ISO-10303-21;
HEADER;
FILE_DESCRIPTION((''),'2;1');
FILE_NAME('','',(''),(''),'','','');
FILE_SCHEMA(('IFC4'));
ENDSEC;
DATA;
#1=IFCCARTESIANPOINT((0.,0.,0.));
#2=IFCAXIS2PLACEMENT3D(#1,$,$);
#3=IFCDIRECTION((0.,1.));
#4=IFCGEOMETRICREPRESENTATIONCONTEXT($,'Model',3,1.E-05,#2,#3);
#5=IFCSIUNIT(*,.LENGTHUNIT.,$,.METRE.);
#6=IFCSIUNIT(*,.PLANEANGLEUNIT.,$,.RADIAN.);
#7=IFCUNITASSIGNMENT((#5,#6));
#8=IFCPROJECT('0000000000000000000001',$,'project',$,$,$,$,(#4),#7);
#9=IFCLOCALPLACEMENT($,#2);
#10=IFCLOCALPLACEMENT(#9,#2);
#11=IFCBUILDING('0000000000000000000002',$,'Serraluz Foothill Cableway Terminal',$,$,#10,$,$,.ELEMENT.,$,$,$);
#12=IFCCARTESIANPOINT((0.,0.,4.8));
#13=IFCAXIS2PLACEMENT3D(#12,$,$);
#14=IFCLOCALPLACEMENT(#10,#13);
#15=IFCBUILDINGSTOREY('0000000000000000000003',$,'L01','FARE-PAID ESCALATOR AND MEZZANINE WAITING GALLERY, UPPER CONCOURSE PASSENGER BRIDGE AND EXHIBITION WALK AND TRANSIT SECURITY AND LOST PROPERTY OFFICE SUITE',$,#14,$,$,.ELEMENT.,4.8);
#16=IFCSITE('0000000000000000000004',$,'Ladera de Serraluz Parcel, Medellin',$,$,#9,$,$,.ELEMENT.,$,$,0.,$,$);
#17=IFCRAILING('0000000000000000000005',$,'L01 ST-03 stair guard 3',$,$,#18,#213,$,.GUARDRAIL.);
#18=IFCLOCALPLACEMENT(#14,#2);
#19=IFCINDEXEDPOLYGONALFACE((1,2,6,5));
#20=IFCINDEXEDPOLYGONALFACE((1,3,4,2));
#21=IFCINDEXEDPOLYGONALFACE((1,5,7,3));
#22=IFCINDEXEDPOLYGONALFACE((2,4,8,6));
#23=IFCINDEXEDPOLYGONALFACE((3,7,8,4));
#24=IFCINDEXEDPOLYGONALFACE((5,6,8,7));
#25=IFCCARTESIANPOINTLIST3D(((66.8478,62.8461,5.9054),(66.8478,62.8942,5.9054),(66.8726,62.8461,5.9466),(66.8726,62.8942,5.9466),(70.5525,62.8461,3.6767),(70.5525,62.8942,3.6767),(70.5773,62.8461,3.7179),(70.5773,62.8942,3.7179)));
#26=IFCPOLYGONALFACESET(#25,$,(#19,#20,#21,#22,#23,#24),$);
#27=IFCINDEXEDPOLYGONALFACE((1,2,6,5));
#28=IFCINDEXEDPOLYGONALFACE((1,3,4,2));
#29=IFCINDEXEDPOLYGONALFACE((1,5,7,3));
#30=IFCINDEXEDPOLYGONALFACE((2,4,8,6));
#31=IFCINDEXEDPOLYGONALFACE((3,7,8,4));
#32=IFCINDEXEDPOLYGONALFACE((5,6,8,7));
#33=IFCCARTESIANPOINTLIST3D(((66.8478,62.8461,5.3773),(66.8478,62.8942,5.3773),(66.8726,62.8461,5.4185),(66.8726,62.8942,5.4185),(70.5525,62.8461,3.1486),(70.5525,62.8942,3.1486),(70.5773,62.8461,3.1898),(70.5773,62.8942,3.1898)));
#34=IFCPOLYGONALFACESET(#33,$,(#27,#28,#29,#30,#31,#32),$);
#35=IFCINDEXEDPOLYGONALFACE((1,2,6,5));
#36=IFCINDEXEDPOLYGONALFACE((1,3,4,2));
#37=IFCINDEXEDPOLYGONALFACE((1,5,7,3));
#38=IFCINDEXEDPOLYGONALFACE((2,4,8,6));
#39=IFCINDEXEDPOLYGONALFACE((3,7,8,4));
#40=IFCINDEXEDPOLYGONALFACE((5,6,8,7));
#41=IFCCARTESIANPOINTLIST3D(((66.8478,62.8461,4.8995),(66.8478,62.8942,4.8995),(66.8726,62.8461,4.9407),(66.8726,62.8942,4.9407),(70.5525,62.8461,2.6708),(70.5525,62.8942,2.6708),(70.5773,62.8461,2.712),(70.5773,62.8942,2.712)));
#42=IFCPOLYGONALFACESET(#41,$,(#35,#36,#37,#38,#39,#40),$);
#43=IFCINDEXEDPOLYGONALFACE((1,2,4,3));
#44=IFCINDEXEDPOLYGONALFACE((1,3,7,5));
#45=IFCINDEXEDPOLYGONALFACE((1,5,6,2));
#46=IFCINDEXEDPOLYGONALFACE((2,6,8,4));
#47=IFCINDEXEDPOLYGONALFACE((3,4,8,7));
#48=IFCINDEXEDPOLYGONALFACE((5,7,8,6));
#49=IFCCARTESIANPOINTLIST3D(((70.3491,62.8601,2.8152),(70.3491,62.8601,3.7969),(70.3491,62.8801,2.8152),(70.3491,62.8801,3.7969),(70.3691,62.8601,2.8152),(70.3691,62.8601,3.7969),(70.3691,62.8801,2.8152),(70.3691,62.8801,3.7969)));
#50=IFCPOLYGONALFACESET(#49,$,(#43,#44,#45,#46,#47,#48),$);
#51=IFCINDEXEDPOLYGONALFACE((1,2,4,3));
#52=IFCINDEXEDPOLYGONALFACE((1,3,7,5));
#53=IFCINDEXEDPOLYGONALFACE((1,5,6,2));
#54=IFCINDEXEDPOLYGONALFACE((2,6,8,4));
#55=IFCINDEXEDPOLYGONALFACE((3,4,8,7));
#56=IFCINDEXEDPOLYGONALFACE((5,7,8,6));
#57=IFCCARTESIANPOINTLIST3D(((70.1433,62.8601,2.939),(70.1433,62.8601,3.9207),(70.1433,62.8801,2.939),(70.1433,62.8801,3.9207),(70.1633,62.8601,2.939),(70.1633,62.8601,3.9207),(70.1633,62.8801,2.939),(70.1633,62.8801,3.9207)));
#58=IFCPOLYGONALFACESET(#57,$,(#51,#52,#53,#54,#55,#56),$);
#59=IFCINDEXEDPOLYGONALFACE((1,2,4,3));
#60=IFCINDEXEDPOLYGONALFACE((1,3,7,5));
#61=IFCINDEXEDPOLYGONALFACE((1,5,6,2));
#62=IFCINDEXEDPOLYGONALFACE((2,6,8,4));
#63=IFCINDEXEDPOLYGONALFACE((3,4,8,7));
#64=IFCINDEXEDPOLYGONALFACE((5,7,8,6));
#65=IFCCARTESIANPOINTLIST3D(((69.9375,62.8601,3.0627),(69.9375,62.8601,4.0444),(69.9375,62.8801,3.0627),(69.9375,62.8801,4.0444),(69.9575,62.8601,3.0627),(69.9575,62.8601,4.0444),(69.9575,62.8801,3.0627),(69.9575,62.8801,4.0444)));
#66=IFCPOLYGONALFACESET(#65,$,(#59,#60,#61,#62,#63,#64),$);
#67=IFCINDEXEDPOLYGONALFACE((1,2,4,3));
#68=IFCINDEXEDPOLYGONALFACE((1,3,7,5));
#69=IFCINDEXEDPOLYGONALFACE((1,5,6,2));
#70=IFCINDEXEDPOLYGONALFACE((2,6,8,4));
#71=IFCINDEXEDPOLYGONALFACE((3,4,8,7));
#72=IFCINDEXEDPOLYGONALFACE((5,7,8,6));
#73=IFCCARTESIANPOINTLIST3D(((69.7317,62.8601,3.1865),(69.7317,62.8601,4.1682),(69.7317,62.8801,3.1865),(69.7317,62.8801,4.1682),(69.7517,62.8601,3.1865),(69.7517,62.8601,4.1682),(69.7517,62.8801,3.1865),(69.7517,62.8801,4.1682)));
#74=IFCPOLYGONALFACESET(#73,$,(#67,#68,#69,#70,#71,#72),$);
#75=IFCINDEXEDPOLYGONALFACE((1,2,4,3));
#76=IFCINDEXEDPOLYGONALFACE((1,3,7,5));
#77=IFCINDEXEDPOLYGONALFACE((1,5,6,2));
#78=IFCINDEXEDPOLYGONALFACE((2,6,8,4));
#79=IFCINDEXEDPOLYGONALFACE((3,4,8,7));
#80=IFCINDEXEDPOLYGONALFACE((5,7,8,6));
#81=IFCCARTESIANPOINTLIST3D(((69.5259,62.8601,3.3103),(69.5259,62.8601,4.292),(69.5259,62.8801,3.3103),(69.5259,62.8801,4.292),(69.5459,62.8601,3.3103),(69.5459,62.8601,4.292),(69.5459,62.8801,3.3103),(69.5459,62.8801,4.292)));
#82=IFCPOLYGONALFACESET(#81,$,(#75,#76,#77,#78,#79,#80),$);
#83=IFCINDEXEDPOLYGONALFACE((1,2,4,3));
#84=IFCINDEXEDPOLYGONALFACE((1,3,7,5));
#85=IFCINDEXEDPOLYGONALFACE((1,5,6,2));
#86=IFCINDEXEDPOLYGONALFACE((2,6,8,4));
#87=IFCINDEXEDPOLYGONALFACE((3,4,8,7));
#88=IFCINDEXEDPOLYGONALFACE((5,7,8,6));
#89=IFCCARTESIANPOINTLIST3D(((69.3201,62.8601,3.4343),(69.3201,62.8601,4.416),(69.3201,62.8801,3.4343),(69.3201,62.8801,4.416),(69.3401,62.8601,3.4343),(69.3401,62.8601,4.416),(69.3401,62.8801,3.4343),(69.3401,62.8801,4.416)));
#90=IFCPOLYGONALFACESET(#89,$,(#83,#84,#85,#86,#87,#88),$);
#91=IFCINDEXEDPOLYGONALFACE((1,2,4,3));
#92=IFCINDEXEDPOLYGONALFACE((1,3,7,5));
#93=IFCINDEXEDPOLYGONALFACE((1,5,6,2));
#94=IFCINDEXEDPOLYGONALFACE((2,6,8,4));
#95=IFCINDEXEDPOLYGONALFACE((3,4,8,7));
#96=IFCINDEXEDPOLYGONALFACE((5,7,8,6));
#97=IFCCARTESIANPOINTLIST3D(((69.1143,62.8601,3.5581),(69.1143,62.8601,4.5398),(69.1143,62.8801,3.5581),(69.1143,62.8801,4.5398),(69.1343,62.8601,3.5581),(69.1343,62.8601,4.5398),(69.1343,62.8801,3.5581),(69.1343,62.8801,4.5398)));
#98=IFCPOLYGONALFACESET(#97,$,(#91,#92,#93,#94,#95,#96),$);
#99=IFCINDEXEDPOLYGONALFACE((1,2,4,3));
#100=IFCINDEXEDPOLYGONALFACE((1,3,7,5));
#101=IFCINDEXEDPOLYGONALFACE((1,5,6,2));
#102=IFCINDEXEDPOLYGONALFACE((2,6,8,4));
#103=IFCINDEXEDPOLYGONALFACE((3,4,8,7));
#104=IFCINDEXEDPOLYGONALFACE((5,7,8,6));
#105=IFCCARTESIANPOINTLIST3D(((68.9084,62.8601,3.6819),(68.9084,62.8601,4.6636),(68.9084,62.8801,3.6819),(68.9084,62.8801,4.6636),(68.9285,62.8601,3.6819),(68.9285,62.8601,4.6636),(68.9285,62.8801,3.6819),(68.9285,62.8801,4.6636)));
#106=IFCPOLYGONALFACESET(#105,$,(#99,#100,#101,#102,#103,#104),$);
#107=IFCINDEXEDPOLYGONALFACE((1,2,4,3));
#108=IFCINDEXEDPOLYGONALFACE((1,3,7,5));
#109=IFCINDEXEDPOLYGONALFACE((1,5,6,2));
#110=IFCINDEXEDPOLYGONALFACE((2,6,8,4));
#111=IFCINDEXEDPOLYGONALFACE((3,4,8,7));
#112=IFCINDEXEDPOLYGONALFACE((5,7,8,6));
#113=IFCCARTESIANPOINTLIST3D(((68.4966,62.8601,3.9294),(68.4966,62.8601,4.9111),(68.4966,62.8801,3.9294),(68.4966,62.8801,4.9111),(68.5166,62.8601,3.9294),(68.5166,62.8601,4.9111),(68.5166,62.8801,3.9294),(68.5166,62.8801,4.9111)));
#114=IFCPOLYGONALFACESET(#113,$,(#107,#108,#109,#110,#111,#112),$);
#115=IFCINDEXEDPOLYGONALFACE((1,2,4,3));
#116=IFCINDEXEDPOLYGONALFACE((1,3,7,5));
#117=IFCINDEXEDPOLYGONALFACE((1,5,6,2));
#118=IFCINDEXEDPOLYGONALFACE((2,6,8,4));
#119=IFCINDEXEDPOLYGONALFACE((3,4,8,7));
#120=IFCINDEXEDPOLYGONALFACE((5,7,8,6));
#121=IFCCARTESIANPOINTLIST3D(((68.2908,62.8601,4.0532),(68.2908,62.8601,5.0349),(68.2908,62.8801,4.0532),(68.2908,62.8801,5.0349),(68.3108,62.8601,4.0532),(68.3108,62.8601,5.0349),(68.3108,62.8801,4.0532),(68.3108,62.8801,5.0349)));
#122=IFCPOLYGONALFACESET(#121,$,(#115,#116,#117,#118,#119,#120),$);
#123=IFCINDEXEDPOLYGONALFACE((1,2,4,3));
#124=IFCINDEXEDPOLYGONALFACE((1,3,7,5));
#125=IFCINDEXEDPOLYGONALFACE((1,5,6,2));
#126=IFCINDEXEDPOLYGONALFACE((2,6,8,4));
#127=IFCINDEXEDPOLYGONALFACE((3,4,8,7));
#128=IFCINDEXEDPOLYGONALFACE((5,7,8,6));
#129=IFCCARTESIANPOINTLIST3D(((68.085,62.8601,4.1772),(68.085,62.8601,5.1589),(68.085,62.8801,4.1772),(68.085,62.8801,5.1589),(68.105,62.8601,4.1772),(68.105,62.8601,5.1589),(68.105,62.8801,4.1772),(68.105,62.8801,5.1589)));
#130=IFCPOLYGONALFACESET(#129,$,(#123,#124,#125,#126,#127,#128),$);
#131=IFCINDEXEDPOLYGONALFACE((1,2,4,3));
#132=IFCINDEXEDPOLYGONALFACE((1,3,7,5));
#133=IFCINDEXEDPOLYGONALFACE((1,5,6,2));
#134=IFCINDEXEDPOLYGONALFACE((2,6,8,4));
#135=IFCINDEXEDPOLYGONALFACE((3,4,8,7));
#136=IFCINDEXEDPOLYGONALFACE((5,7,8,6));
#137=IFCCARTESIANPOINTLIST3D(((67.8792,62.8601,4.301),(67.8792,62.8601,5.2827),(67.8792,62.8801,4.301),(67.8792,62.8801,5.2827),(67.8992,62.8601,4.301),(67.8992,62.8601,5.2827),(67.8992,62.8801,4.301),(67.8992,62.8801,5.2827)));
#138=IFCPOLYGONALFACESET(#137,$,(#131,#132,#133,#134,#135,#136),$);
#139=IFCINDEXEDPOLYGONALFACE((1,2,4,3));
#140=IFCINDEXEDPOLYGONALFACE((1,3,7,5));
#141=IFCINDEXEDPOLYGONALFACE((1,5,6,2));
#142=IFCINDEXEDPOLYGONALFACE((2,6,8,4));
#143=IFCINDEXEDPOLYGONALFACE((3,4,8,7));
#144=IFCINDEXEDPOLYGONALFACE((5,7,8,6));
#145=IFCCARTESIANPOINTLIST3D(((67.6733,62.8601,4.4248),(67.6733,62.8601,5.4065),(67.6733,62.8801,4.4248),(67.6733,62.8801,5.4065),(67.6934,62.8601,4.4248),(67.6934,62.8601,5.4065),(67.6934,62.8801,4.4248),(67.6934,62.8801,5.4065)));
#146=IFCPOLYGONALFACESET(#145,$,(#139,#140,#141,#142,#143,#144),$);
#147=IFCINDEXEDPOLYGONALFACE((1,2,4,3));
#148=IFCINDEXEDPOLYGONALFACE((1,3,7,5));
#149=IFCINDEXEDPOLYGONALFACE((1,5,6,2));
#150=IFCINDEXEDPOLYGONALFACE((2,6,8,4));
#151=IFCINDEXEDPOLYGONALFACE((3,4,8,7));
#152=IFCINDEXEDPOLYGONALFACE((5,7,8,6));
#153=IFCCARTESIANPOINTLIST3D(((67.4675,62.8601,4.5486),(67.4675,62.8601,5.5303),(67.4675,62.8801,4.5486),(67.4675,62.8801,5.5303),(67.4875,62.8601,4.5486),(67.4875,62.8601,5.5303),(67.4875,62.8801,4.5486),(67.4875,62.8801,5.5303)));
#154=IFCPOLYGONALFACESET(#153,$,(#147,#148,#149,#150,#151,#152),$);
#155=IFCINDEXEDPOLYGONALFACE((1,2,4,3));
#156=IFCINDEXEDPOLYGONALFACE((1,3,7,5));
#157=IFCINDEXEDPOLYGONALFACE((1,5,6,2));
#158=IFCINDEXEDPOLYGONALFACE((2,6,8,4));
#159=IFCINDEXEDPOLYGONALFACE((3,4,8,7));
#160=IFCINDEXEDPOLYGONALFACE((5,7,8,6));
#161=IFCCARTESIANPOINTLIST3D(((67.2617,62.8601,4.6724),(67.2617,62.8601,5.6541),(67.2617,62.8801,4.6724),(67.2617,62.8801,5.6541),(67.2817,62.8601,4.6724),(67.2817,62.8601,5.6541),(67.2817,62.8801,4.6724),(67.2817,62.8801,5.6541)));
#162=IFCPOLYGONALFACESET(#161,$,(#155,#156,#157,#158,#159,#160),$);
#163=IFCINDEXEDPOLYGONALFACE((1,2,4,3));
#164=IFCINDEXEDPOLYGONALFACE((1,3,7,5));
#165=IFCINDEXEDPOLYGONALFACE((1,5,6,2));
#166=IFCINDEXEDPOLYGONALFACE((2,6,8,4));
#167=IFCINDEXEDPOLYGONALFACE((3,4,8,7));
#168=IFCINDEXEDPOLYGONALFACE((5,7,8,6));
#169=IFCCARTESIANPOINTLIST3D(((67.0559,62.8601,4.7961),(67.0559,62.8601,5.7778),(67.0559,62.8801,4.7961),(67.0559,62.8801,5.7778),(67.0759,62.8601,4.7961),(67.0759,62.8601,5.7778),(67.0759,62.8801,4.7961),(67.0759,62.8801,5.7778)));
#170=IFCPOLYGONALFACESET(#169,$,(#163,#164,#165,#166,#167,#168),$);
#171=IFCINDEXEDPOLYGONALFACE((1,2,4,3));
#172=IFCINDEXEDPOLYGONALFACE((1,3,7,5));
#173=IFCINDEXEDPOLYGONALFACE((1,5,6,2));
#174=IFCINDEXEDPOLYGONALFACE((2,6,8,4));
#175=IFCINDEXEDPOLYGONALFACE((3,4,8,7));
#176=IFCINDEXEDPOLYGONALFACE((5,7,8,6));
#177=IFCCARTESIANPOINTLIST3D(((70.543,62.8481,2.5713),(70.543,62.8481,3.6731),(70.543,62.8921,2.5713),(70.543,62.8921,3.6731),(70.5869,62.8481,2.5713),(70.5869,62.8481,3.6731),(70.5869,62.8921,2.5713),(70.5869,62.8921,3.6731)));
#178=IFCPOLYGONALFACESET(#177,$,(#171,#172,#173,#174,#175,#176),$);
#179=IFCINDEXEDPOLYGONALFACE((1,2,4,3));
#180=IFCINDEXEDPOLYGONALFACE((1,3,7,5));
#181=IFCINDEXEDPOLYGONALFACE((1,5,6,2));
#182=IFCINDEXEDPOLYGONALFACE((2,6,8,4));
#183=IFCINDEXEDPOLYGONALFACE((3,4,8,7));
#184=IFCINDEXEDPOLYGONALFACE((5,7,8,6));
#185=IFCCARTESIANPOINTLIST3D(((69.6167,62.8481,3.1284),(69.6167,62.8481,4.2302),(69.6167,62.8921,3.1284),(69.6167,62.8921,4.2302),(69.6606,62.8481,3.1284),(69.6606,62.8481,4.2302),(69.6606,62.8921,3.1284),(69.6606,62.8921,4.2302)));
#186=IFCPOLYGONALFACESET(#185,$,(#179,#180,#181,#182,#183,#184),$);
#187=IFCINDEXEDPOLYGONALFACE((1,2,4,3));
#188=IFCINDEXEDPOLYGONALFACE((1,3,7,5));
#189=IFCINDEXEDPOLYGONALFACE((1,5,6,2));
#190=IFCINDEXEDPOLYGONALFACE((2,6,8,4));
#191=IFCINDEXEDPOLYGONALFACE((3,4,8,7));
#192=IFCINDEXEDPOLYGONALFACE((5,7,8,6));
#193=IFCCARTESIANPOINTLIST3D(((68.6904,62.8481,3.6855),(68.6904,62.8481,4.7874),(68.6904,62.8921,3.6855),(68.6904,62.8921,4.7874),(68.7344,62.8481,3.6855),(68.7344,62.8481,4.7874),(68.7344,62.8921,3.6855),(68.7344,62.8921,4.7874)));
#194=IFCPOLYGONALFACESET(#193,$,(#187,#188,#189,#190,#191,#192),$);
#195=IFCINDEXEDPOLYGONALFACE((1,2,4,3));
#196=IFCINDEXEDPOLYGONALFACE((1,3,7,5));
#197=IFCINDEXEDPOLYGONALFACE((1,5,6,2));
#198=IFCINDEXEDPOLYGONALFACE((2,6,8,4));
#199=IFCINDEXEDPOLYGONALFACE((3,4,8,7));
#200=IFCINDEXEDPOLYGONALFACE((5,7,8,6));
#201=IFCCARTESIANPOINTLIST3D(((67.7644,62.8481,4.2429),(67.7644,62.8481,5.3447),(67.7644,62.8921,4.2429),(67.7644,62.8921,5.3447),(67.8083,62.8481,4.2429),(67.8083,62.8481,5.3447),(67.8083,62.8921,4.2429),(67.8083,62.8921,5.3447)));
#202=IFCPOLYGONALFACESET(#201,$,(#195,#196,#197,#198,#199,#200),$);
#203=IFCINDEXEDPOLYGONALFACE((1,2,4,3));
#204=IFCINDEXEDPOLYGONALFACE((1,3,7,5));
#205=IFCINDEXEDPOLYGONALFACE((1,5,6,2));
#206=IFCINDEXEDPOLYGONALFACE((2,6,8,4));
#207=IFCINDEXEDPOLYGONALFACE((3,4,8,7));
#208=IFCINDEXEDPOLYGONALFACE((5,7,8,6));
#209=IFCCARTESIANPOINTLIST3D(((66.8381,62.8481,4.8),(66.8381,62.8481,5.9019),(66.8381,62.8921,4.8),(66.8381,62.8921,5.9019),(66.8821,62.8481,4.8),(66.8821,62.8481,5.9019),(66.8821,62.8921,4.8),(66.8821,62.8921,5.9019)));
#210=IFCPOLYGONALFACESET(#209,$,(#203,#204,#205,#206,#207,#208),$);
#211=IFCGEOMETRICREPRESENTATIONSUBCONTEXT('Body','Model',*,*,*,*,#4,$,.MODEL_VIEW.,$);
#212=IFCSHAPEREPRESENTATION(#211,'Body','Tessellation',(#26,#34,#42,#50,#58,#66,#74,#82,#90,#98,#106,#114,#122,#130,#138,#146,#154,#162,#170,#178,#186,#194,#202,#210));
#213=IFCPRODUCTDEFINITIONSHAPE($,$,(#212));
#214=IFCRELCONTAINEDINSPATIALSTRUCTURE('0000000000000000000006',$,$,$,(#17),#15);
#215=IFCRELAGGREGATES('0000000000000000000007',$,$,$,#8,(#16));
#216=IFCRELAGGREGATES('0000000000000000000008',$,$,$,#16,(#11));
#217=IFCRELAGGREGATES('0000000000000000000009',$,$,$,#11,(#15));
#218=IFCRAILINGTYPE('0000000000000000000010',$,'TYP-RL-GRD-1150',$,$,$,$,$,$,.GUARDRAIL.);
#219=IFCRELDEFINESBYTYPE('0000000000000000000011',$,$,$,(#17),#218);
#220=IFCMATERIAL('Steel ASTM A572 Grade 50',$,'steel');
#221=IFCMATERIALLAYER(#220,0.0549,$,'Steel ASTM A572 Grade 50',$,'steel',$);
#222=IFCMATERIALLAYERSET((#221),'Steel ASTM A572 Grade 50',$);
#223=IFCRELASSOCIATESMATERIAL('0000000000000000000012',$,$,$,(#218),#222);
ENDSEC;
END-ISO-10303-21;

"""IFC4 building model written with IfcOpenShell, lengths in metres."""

from ifc_helpers import new_model, si_unit, direction, frame, origin, origin_2d, place, context, subcontext, project, spatial, rectangle, extrude, material, layer, layer_set, type_object, element, save


model = new_model("IFC4")

# Units and contexts
model_context = context("Model", 3, precision=1e-05, world=origin(), true_north=direction((0.0, 1.0)))
body_context = subcontext(model_context, "Body", "Model", "MODEL_VIEW")
ifc_project = project(units=[si_unit("LENGTHUNIT", "METRE"), si_unit("PLANEANGLEUNIT", "RADIAN")], contexts=[model_context])

# Site, building, storey
site_placement = place(None, origin())
site = spatial("IfcSite", under=ifc_project, at=site_placement, Name="Ladera de Serraluz Parcel, Medellin", CompositionType="ELEMENT", RefElevation=0.0)
building_placement = place(site_placement, origin())
building = spatial("IfcBuilding", under=site, at=building_placement, Name="Serraluz Foothill Cableway Terminal", CompositionType="ELEMENT")
storey_placement = place(building_placement, frame((0.0, 0.0, 4.8)))
storey = spatial("IfcBuildingStorey", under=building, at=storey_placement, Name="L01", Description="FARE-PAID ESCALATOR AND MEZZANINE WAITING GALLERY, UPPER CONCOURSE PASSENGER BRIDGE AND EXHIBITION WALK AND TRANSIT SECURITY AND LOST PROPERTY OFFICE SUITE", CompositionType="ELEMENT", Elevation=4.8)

# Railing
ifc_material_1 = material(Name="Steel ASTM A572 Grade 50", Category="steel")
ifc_layer_1 = layer(ifc_material_1, 0.0549, Name="Steel ASTM A572 Grade 50", Category="steel")
ifc_layer_set_1 = layer_set([ifc_layer_1], Name="Steel ASTM A572 Grade 50")
railing_type_1 = type_object("IfcRailingType", Name="TYP-RL-GRD-1150", PredefinedType="GUARDRAIL", material=ifc_layer_set_1)
railing_1_placement = place(storey_placement, frame((70.5649, 62.8701, 2.5713)))
element("IfcRailing", 1, at=railing_1_placement, inside=storey, type_object=railing_type_1, Name="L01 ST-03 stair guard 3", PredefinedType="GUARDRAIL", context=body_context, shape_type="SweptSolid", body=[
    extrude(rectangle(XDim=0.0481, YDim=0.0481, at=origin_2d()), frame((0.0, 0.0, 1.126), z_axis=(-0.856894, 0.0, 0.515492), x_axis=(0.0, -1.0, 0.0)), (0.0, 0.0, 1.0), 4.3235),
    extrude(rectangle(XDim=0.0481, YDim=0.0481, at=origin_2d()), frame((0.0, 0.0, 0.5979), z_axis=(-0.856894, 0.0, 0.515492), x_axis=(0.0, -1.0, 0.0)), (0.0, 0.0, 1.0), 4.3235),
    extrude(rectangle(XDim=0.0481, YDim=0.0481, at=origin_2d()), frame((0.0, 0.0, 0.1201), z_axis=(-0.856894, 0.0, 0.515492), x_axis=(0.0, -1.0, 0.0)), (0.0, 0.0, 1.0), 4.3235),
    extrude(rectangle(XDim=0.02, YDim=0.02, at=origin_2d()), frame((-0.2058, 0.0, 0.2439)), (0.0, 0.0, 1.0), 0.9817),
    extrude(rectangle(XDim=0.02, YDim=0.02, at=origin_2d()), frame((-0.4116, 0.0, 0.3677)), (0.0, 0.0, 1.0), 0.9817),
    extrude(rectangle(XDim=0.02, YDim=0.02, at=origin_2d()), frame((-0.6174, 0.0, 0.4915)), (0.0, 0.0, 1.0), 0.9817),
    extrude(rectangle(XDim=0.02, YDim=0.02, at=origin_2d()), frame((-0.8232, 0.0, 0.6152)), (0.0, 0.0, 1.0), 0.9817),
    extrude(rectangle(XDim=0.02, YDim=0.02, at=origin_2d()), frame((-1.0291, 0.0, 0.739)), (0.0, 0.0, 1.0), 0.9817),
    extrude(rectangle(XDim=0.02, YDim=0.02, at=origin_2d()), frame((-1.2349, 0.0, 0.863)), (0.0, 0.0, 1.0), 0.9817),
    extrude(rectangle(XDim=0.02, YDim=0.02, at=origin_2d()), frame((-1.4407, 0.0, 0.9868)), (0.0, 0.0, 1.0), 0.9817),
    extrude(rectangle(XDim=0.02, YDim=0.02, at=origin_2d()), frame((-1.6465, 0.0, 1.1106)), (0.0, 0.0, 1.0), 0.9817),
    extrude(rectangle(XDim=0.02, YDim=0.02, at=origin_2d()), frame((-2.0583, 0.0, 1.3582)), (0.0, 0.0, 1.0), 0.9817),
    extrude(rectangle(XDim=0.02, YDim=0.02, at=origin_2d()), frame((-2.2642, 0.0, 1.4819)), (0.0, 0.0, 1.0), 0.9817),
    extrude(rectangle(XDim=0.02, YDim=0.02, at=origin_2d()), frame((-2.47, 0.0, 1.606)), (0.0, 0.0, 1.0), 0.9817),
    extrude(rectangle(XDim=0.02, YDim=0.02, at=origin_2d()), frame((-2.6758, 0.0, 1.7297)), (0.0, 0.0, 1.0), 0.9817),
    extrude(rectangle(XDim=0.02, YDim=0.02, at=origin_2d()), frame((-2.8816, 0.0, 1.8535)), (0.0, 0.0, 1.0), 0.9817),
    extrude(rectangle(XDim=0.02, YDim=0.02, at=origin_2d()), frame((-3.0874, 0.0, 1.9773)), (0.0, 0.0, 1.0), 0.9817),
    extrude(rectangle(XDim=0.02, YDim=0.02, at=origin_2d()), frame((-3.2932, 0.0, 2.1011)), (0.0, 0.0, 1.0), 0.9817),
    extrude(rectangle(XDim=0.02, YDim=0.02, at=origin_2d()), frame((-3.499, 0.0, 2.2249)), (0.0, 0.0, 1.0), 0.9817),
    extrude(rectangle(XDim=0.0439, YDim=0.0439, at=origin_2d()), origin(), (0.0, 0.0, 1.0), 1.1018),
    extrude(rectangle(XDim=0.0439, YDim=0.0439, at=origin_2d()), frame((-0.9263, 0.0, 0.5571)), (0.0, 0.0, 1.0), 1.1018),
    extrude(rectangle(XDim=0.0439, YDim=0.0439, at=origin_2d()), frame((-1.8525, 0.0, 1.1143)), (0.0, 0.0, 1.0), 1.1018),
    extrude(rectangle(XDim=0.0439, YDim=0.0439, at=origin_2d()), frame((-2.7786, 0.0, 1.6716)), (0.0, 0.0, 1.0), 1.1018),
    extrude(rectangle(XDim=0.0439, YDim=0.0439, at=origin_2d()), frame((-3.7048, 0.0, 2.2288)), (0.0, 0.0, 1.0), 1.1018),
])

save(model, "model.ifc")
